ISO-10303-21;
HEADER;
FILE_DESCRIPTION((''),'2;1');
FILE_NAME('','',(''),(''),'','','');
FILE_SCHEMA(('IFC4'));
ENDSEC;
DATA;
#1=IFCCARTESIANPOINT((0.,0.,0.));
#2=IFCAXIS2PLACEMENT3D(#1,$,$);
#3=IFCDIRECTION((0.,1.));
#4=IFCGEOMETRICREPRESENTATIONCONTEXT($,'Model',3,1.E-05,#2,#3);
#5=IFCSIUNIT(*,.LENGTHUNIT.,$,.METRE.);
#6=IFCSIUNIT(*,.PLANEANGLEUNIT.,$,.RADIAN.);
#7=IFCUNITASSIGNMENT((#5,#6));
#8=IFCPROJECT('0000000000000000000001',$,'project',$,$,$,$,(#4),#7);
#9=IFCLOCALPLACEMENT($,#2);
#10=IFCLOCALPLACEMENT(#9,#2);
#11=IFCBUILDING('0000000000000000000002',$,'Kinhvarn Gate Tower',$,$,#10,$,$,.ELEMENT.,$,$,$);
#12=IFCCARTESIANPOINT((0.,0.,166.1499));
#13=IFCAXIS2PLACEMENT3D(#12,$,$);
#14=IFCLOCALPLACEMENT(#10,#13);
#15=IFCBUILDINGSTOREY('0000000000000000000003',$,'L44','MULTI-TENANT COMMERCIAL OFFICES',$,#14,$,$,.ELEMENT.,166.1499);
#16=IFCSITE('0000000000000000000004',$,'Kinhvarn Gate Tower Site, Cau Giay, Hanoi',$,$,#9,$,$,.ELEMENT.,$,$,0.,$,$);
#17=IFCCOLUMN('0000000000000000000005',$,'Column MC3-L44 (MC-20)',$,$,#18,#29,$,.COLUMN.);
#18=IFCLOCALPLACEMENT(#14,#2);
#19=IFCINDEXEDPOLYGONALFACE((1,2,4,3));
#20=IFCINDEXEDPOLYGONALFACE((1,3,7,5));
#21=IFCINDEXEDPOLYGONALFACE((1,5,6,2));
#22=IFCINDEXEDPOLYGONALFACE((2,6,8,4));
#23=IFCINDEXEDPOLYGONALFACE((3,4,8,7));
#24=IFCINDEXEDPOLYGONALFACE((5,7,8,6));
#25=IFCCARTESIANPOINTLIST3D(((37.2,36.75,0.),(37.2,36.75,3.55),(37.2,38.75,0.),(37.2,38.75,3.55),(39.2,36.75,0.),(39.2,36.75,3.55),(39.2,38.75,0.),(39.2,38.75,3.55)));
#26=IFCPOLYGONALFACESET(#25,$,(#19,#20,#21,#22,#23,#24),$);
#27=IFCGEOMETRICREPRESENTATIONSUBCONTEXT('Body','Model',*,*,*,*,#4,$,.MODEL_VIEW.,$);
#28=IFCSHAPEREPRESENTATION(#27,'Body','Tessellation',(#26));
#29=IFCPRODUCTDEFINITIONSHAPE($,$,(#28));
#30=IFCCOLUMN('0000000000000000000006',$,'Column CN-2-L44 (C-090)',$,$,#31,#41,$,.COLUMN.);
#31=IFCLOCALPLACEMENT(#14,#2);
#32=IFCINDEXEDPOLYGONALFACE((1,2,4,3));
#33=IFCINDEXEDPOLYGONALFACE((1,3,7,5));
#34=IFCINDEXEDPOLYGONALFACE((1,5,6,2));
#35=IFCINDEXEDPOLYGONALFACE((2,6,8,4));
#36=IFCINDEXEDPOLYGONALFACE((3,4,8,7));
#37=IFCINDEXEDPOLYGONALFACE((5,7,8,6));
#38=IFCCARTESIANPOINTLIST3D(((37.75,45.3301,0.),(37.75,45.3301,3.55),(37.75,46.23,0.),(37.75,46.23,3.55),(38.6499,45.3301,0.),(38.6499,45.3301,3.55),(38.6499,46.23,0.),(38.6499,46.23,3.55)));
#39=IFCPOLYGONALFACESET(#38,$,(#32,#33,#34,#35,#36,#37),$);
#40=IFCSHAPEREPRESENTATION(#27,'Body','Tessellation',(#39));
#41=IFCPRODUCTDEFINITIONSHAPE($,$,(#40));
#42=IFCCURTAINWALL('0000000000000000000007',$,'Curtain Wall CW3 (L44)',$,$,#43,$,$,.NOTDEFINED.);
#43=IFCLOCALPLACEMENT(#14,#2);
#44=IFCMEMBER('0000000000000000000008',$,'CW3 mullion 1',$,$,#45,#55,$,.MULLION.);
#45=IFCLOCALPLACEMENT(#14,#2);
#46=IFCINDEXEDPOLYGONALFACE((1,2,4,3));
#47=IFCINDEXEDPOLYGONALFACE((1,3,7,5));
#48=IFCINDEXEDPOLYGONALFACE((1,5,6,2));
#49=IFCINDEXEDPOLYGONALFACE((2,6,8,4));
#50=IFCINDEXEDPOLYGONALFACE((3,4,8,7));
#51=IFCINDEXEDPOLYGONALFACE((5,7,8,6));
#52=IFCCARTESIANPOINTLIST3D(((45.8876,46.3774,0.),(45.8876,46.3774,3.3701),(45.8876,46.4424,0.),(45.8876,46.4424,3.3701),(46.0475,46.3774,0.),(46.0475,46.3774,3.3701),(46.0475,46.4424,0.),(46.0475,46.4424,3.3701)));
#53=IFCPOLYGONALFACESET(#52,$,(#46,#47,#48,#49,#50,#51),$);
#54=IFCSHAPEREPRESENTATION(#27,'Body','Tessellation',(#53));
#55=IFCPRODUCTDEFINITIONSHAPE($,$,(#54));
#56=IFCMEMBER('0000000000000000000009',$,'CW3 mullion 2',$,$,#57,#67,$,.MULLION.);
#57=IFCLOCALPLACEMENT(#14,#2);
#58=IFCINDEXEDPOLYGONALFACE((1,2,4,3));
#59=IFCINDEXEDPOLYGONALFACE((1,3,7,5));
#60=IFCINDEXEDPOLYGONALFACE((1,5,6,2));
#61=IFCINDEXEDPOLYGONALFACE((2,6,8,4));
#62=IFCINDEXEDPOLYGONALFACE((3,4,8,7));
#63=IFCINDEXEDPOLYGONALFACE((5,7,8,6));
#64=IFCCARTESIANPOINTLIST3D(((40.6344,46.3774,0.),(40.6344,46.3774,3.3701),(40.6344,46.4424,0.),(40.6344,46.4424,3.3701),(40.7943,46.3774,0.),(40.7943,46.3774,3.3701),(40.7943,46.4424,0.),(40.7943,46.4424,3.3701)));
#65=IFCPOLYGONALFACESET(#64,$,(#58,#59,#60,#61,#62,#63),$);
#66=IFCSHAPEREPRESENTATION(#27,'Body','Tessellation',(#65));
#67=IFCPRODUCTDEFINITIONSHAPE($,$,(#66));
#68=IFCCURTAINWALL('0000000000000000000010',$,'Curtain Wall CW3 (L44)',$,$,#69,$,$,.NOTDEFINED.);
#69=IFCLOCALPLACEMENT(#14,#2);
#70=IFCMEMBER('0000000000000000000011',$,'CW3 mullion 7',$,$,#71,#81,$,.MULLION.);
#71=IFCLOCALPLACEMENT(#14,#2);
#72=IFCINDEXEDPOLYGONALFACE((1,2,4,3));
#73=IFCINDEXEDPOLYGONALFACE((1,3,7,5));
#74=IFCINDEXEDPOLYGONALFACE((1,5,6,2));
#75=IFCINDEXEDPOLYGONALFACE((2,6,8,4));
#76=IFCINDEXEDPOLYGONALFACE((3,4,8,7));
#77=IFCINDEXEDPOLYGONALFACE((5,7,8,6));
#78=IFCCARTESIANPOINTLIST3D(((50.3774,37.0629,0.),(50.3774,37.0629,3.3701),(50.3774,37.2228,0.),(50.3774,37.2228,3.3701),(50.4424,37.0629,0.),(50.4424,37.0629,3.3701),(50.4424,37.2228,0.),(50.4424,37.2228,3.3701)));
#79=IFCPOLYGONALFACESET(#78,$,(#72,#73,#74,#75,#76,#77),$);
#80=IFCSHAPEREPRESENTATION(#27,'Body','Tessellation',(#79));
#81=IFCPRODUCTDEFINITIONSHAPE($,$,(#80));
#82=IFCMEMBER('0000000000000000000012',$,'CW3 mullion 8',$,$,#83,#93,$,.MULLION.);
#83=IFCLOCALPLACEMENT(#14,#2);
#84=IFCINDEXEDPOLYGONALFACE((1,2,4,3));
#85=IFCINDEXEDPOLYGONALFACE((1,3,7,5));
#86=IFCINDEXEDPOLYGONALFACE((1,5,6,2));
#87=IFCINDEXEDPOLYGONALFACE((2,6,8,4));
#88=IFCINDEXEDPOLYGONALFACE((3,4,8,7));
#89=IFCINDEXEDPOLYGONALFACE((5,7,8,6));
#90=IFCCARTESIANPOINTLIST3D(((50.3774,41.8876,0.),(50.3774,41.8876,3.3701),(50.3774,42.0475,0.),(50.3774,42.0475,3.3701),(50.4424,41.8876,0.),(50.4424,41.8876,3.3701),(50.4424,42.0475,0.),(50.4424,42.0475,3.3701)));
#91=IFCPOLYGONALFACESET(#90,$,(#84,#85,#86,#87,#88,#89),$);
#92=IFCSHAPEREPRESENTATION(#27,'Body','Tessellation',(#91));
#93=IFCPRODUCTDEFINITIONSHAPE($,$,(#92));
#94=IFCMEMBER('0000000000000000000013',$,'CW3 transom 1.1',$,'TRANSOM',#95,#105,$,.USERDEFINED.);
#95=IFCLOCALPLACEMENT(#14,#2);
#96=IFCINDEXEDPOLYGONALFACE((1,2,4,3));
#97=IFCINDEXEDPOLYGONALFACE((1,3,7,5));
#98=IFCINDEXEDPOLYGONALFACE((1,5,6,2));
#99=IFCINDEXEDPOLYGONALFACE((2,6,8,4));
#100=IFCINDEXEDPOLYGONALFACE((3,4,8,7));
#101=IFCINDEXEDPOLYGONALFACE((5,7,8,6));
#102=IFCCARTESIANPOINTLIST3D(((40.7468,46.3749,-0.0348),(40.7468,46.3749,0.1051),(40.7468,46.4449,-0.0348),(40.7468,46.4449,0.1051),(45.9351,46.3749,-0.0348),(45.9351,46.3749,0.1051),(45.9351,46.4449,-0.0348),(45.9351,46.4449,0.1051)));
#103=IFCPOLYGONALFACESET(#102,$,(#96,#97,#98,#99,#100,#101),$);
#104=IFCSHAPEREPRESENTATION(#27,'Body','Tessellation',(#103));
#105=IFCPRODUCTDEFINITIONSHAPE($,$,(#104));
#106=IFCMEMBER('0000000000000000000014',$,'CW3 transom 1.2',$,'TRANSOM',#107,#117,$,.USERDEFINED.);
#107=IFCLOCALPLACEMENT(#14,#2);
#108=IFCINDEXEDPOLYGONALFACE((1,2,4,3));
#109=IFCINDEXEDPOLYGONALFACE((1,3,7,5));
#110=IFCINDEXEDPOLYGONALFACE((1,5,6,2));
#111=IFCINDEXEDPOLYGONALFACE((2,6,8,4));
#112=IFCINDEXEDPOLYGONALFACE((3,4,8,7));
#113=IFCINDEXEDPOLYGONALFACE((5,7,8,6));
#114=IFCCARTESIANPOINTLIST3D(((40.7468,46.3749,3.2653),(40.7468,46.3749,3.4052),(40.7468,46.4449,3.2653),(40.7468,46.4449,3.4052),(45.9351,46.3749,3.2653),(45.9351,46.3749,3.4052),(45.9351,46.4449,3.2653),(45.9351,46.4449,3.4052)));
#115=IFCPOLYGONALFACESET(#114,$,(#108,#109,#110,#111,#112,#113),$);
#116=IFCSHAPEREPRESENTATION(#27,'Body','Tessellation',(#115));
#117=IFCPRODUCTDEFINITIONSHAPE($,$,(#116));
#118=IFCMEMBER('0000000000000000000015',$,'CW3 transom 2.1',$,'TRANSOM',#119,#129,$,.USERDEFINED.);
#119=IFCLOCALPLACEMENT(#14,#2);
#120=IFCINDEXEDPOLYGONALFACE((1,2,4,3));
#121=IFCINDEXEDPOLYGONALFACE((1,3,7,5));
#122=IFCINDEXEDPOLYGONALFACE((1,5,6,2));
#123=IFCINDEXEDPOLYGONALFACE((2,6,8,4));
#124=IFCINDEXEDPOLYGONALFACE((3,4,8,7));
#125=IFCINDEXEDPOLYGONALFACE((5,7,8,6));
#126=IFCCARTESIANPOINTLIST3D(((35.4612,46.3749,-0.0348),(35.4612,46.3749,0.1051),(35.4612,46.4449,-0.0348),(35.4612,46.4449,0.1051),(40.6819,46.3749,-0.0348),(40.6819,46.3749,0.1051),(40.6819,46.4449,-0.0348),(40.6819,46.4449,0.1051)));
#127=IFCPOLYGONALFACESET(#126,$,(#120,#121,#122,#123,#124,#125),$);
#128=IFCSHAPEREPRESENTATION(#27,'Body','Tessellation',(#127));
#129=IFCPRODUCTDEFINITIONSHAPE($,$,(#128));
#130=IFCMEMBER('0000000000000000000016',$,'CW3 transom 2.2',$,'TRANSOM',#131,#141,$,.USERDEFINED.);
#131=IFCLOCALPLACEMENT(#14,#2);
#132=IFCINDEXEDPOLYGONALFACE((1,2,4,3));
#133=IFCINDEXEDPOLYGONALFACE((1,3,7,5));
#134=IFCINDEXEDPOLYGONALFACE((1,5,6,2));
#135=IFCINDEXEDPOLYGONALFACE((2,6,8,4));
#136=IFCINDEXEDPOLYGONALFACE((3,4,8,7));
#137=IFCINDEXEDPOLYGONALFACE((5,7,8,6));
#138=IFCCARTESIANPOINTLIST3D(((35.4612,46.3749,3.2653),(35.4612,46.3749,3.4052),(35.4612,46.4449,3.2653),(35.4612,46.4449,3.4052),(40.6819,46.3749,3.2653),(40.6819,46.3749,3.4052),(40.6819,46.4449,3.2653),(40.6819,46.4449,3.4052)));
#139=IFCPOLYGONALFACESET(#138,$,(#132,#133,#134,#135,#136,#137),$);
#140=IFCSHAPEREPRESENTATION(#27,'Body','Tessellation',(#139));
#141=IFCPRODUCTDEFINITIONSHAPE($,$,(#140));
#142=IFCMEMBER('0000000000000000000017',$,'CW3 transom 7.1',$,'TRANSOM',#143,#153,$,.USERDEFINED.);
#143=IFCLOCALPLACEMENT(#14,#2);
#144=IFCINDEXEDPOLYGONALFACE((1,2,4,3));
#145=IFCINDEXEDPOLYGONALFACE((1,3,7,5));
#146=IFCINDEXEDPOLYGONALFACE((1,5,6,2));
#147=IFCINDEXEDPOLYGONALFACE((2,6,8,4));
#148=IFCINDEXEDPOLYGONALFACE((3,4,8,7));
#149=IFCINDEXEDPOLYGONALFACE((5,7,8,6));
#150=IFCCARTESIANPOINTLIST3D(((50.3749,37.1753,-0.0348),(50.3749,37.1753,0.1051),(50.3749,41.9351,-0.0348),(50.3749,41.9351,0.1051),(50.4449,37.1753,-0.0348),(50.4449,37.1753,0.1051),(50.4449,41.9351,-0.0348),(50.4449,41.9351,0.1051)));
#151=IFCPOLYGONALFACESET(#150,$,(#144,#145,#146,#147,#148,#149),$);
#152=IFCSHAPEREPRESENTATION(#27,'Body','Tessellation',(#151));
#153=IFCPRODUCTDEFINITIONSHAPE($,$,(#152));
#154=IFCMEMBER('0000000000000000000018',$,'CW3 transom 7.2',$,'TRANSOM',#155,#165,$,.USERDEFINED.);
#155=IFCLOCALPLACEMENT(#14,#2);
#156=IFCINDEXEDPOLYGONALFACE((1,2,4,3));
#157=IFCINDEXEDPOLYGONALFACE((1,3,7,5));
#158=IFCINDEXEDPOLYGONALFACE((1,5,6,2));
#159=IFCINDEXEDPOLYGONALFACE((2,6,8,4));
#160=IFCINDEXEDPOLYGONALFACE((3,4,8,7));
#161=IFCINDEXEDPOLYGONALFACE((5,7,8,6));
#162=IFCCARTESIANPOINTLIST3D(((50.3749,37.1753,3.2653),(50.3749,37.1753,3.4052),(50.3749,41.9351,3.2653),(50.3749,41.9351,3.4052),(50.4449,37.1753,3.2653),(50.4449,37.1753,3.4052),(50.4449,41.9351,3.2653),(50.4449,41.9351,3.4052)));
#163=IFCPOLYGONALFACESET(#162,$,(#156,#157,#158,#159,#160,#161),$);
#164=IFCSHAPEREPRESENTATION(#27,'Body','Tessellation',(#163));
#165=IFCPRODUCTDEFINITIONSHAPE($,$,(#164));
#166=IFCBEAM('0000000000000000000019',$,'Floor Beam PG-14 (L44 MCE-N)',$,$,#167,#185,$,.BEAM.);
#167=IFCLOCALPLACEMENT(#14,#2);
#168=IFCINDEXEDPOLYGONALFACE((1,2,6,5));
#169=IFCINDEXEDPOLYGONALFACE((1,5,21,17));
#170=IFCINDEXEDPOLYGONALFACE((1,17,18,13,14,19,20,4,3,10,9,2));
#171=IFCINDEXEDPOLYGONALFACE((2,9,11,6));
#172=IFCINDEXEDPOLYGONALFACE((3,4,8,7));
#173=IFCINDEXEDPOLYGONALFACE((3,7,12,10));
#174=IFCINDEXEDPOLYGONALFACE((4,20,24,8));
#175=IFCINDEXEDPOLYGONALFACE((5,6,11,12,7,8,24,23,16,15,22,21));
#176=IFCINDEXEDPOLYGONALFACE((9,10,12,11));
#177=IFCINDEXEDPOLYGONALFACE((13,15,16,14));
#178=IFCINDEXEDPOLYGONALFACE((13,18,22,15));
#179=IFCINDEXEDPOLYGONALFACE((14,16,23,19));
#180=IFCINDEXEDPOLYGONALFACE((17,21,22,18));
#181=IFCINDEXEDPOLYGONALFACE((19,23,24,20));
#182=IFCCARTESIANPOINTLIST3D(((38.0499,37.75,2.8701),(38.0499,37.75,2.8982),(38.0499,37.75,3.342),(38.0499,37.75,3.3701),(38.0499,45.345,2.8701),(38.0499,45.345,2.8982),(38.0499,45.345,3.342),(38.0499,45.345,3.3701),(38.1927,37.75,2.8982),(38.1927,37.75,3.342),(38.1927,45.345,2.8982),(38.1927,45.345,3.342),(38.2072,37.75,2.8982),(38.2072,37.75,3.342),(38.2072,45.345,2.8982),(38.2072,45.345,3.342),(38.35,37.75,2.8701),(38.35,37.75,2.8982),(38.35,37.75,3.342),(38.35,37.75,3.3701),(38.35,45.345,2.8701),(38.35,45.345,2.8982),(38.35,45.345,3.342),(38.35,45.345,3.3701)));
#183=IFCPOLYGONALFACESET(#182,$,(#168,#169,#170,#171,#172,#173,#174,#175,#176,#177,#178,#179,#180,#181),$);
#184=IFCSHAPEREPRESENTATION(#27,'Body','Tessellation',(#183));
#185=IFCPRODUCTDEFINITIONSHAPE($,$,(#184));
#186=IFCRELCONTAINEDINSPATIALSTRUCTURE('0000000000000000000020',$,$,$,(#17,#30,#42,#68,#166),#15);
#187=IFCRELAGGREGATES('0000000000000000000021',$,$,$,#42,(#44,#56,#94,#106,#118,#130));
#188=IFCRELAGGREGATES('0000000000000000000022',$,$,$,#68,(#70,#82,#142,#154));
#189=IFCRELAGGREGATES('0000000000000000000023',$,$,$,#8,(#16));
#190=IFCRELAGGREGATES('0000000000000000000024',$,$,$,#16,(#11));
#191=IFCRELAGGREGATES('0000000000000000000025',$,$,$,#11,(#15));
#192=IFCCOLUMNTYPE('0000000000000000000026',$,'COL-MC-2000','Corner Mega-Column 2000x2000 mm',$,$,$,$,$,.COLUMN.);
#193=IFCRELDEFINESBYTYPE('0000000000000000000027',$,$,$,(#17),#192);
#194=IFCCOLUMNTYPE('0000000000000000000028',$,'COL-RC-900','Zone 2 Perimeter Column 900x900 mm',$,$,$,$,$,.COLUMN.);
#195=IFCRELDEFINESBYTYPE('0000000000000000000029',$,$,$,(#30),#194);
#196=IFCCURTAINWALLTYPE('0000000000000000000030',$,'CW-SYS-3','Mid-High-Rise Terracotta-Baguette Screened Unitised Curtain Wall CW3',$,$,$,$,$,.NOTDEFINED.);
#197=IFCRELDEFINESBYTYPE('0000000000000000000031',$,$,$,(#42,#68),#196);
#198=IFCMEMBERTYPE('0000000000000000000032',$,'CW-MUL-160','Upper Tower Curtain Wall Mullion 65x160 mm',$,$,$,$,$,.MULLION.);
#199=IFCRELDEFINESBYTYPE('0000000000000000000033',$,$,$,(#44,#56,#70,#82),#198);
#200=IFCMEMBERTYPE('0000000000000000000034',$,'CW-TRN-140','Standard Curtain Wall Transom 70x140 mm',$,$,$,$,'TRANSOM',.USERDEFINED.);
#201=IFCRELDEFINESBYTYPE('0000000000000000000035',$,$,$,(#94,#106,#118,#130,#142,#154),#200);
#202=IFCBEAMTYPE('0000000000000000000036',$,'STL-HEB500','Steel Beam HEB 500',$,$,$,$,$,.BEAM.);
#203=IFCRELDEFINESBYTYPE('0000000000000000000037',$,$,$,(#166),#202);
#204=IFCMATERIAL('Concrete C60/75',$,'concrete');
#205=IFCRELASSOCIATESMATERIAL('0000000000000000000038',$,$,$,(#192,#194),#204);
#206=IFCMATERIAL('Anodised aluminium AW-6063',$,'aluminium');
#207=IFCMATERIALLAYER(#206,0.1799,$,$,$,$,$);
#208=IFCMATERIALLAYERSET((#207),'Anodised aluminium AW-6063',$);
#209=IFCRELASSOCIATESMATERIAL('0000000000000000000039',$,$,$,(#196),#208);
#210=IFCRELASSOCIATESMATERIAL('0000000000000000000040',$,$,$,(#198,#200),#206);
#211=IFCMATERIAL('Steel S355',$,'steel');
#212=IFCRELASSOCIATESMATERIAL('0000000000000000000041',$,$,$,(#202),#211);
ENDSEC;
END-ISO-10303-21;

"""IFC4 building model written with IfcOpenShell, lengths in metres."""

from ifc_helpers import new_model, si_unit, direction, frame, origin, origin_2d, place, context, subcontext, project, spatial, rectangle, i_section, extrude, material, layer, layer_set, material_profile, profile_set, type_object, element, aggregate, save


model = new_model("IFC4")

# Units and contexts
model_context = context("Model", 3, precision=1e-05, world=origin(), true_north=direction((0.0, 1.0)))
body_context = subcontext(model_context, "Body", "Model", "MODEL_VIEW")
ifc_project = project(units=[si_unit("LENGTHUNIT", "METRE"), si_unit("PLANEANGLEUNIT", "RADIAN")], contexts=[model_context])

# Site, building, storey
site_placement = place(None, origin())
site = spatial("IfcSite", under=ifc_project, at=site_placement, Name="Kinhvarn Gate Tower Site, Cau Giay, Hanoi", CompositionType="ELEMENT", RefElevation=0.0)
building_placement = place(site_placement, origin())
building = spatial("IfcBuilding", under=site, at=building_placement, Name="Kinhvarn Gate Tower", CompositionType="ELEMENT")
storey_placement = place(building_placement, frame((0.0, 0.0, 166.1499)))
storey = spatial("IfcBuildingStorey", under=building, at=storey_placement, Name="L44", Description="MULTI-TENANT COMMERCIAL OFFICES", CompositionType="ELEMENT", Elevation=166.1499)

# Columns
ifc_material_1 = material(Name="Concrete C60/75", Category="concrete")
ifc_material_profile_1 = material_profile(ifc_material_1, rectangle(XDim=2.0, YDim=2.0, at=origin_2d()), Name="RC 2000x2000")
ifc_profile_set_1 = profile_set([ifc_material_profile_1], Name="Concrete C60/75")
column_type_1 = type_object("IfcColumnType", Name="COL-MC-2000", Description="Corner Mega-Column 2000x2000 mm", PredefinedType="COLUMN", material=ifc_profile_set_1)
column_1_placement = place(storey_placement, frame((38.2, 37.75, 0.0), z_axis=(0.0, 0.0, 1.0), x_axis=(1.0, 0.0, 0.0)))
element("IfcColumn", 1, at=column_1_placement, inside=storey, type_object=column_type_1, Name="Column MC3-L44 (MC-20)", PredefinedType="COLUMN", context=body_context, shape_type="SweptSolid", body=[
    extrude(rectangle(XDim=2.0, YDim=2.0, at=origin_2d()), origin(), (0.0, 0.0, 1.0), 3.55),
])
ifc_material_profile_2 = material_profile(ifc_material_1, rectangle(XDim=0.8999, YDim=0.8999, at=origin_2d()), Name="RC 900x900")
ifc_profile_set_2 = profile_set([ifc_material_profile_2], Name="Concrete C60/75")
column_type_2 = type_object("IfcColumnType", Name="COL-RC-900", Description="Zone 2 Perimeter Column 900x900 mm", PredefinedType="COLUMN", material=ifc_profile_set_2)
column_2_placement = place(storey_placement, frame((38.2, 45.78, 0.0), z_axis=(0.0, 0.0, 1.0), x_axis=(1.0, 0.0, 0.0)))
element("IfcColumn", 2, at=column_2_placement, inside=storey, type_object=column_type_2, Name="Column CN-2-L44 (C-090)", PredefinedType="COLUMN", context=body_context, shape_type="SweptSolid", body=[
    extrude(rectangle(XDim=0.8999, YDim=0.8999, at=origin_2d()), origin(), (0.0, 0.0, 1.0), 3.55),
])

# Curtain walls, members
ifc_material_2 = material(Name="Anodised aluminium AW-6063", Category="aluminium")
ifc_layer_1 = layer(ifc_material_2, 0.1799)
ifc_layer_set_1 = layer_set([ifc_layer_1], Name="Anodised aluminium AW-6063")
curtain_wall_type = type_object("IfcCurtainWallType", Name="CW-SYS-3", Description="Mid-High-Rise Terracotta-Baguette Screened Unitised Curtain Wall CW3", PredefinedType="NOTDEFINED", material=ifc_layer_set_1)
curtain_wall_1_placement = place(storey_placement, origin())
curtain_wall_1 = element("IfcCurtainWall", 3, at=curtain_wall_1_placement, inside=storey, type_object=curtain_wall_type, Name="Curtain Wall CW3 (L44)", PredefinedType="NOTDEFINED")
ifc_material_profile_3 = material_profile(ifc_material_2, rectangle(XDim=0.0649, YDim=0.1599, at=origin_2d()), Name="ALU 65x160")
ifc_profile_set_3 = profile_set([ifc_material_profile_3], Name="Anodised aluminium AW-6063")
member_type_1 = type_object("IfcMemberType", Name="CW-MUL-160", Description="Upper Tower Curtain Wall Mullion 65x160 mm", PredefinedType="MULLION", material=ifc_profile_set_3)
member_1_placement = place(storey_placement, frame((45.9675, 46.4099, 0.0), z_axis=(0.0, 0.0, 1.0), x_axis=(0.0, -1.0, 0.0)))
member_1 = element("IfcMember", 4, at=member_1_placement, type_object=member_type_1, Name="CW3 mullion 1", PredefinedType="MULLION", context=body_context, shape_type="SweptSolid", body=[
    extrude(rectangle(XDim=0.0649, YDim=0.1599, at=origin_2d()), origin(), (0.0, 0.0, 1.0), 3.3701),
])
member_2_placement = place(storey_placement, frame((40.7144, 46.4099, 0.0), z_axis=(0.0, 0.0, 1.0), x_axis=(0.0, -1.0, 0.0)))
member_2 = element("IfcMember", 5, at=member_2_placement, type_object=member_type_1, Name="CW3 mullion 2", PredefinedType="MULLION", context=body_context, shape_type="SweptSolid", body=[
    extrude(rectangle(XDim=0.0649, YDim=0.1599, at=origin_2d()), origin(), (0.0, 0.0, 1.0), 3.3701),
])
curtain_wall_2_placement = place(storey_placement, origin())
curtain_wall_2 = element("IfcCurtainWall", 6, at=curtain_wall_2_placement, inside=storey, type_object=curtain_wall_type, Name="Curtain Wall CW3 (L44)", PredefinedType="NOTDEFINED")
member_3_placement = place(storey_placement, frame((50.4099, 37.1428, 0.0), z_axis=(0.0, 0.0, 1.0), x_axis=(-1.0, 0.0, 0.0)))
member_3 = element("IfcMember", 7, at=member_3_placement, type_object=member_type_1, Name="CW3 mullion 7", PredefinedType="MULLION", context=body_context, shape_type="SweptSolid", body=[
    extrude(rectangle(XDim=0.0649, YDim=0.1599, at=origin_2d()), origin(), (0.0, 0.0, 1.0), 3.3701),
])
member_4_placement = place(storey_placement, frame((50.4099, 41.9675, 0.0), z_axis=(0.0, 0.0, 1.0), x_axis=(-1.0, 0.0, 0.0)))
member_4 = element("IfcMember", 8, at=member_4_placement, type_object=member_type_1, Name="CW3 mullion 8", PredefinedType="MULLION", context=body_context, shape_type="SweptSolid", body=[
    extrude(rectangle(XDim=0.0649, YDim=0.1599, at=origin_2d()), origin(), (0.0, 0.0, 1.0), 3.3701),
])

# Members
ifc_material_profile_4 = material_profile(ifc_material_2, rectangle(XDim=0.0701, YDim=0.1399, at=origin_2d()), Name="ALU 70x140")
ifc_profile_set_4 = profile_set([ifc_material_profile_4], Name="Anodised aluminium AW-6063")
member_type_2 = type_object("IfcMemberType", Name="CW-TRN-140", Description="Standard Curtain Wall Transom 70x140 mm", ElementType="TRANSOM", PredefinedType="USERDEFINED", material=ifc_profile_set_4)
member_5_placement = place(storey_placement, frame((45.9351, 46.4099, 0.0352), z_axis=(-1.0, 0.0, 0.0), x_axis=(0.0, -1.0, 0.0)))
member_5 = element("IfcMember", 9, at=member_5_placement, type_object=member_type_2, Name="CW3 transom 1.1", ObjectType="TRANSOM", PredefinedType="USERDEFINED", context=body_context, shape_type="SweptSolid", body=[
    extrude(rectangle(XDim=0.0701, YDim=0.1399, at=origin_2d()), origin(), (0.0, 0.0, 1.0), 5.1882),
])
member_6_placement = place(storey_placement, frame((45.9351, 46.4099, 3.3352), z_axis=(-1.0, 0.0, 0.0), x_axis=(0.0, -1.0, 0.0)))
member_6 = element("IfcMember", 10, at=member_6_placement, type_object=member_type_2, Name="CW3 transom 1.2", ObjectType="TRANSOM", PredefinedType="USERDEFINED", context=body_context, shape_type="SweptSolid", body=[
    extrude(rectangle(XDim=0.0701, YDim=0.1399, at=origin_2d()), origin(), (0.0, 0.0, 1.0), 5.1882),
])
member_7_placement = place(storey_placement, frame((40.6819, 46.4099, 0.0352), z_axis=(-1.0, 0.0, 0.0), x_axis=(0.0, -1.0, 0.0)))
member_7 = element("IfcMember", 11, at=member_7_placement, type_object=member_type_2, Name="CW3 transom 2.1", ObjectType="TRANSOM", PredefinedType="USERDEFINED", context=body_context, shape_type="SweptSolid", body=[
    extrude(rectangle(XDim=0.0701, YDim=0.1399, at=origin_2d()), origin(), (0.0, 0.0, 1.0), 5.2207),
])
member_8_placement = place(storey_placement, frame((40.6819, 46.4099, 3.3352), z_axis=(-1.0, 0.0, 0.0), x_axis=(0.0, -1.0, 0.0)))
member_8 = element("IfcMember", 12, at=member_8_placement, type_object=member_type_2, Name="CW3 transom 2.2", ObjectType="TRANSOM", PredefinedType="USERDEFINED", context=body_context, shape_type="SweptSolid", body=[
    extrude(rectangle(XDim=0.0701, YDim=0.1399, at=origin_2d()), origin(), (0.0, 0.0, 1.0), 5.2207),
])
member_9_placement = place(storey_placement, frame((50.4099, 37.1753, 0.0352), z_axis=(0.0, 1.0, 0.0), x_axis=(-1.0, 0.0, 0.0)))
member_9 = element("IfcMember", 13, at=member_9_placement, type_object=member_type_2, Name="CW3 transom 7.1", ObjectType="TRANSOM", PredefinedType="USERDEFINED", context=body_context, shape_type="SweptSolid", body=[
    extrude(rectangle(XDim=0.0701, YDim=0.1399, at=origin_2d()), origin(), (0.0, 0.0, 1.0), 4.7598),
])
member_10_placement = place(storey_placement, frame((50.4099, 37.1753, 3.3352), z_axis=(0.0, 1.0, 0.0), x_axis=(-1.0, 0.0, 0.0)))
member_10 = element("IfcMember", 14, at=member_10_placement, type_object=member_type_2, Name="CW3 transom 7.2", ObjectType="TRANSOM", PredefinedType="USERDEFINED", context=body_context, shape_type="SweptSolid", body=[
    extrude(rectangle(XDim=0.0701, YDim=0.1399, at=origin_2d()), origin(), (0.0, 0.0, 1.0), 4.7598),
])

# Beam
ifc_material_3 = material(Name="Steel S355", Category="steel")
ifc_material_profile_5 = material_profile(ifc_material_3, i_section(OverallWidth=0.3, OverallDepth=0.5, WebThickness=0.0144, FlangeThickness=0.0281, at=origin_2d()), Name="HEB 500")
ifc_profile_set_5 = profile_set([ifc_material_profile_5], Name="Steel S355")
beam_type = type_object("IfcBeamType", Name="STL-HEB500", Description="Steel Beam HEB 500", PredefinedType="BEAM", material=ifc_profile_set_5)
beam_placement = place(storey_placement, frame((38.2, 37.75, 3.1201), z_axis=(0.0, 1.0, 0.0), x_axis=(-1.0, 0.0, 0.0)))
element("IfcBeam", 15, at=beam_placement, inside=storey, type_object=beam_type, Name="Floor Beam PG-14 (L44 MCE-N)", PredefinedType="BEAM", context=body_context, shape_type="SweptSolid", body=[
    extrude(i_section(OverallWidth=0.3, OverallDepth=0.5, WebThickness=0.0144, FlangeThickness=0.0281, at=origin_2d()), origin(), (0.0, 0.0, 1.0), 7.595),
])

aggregate(curtain_wall_1, [member_1, member_2, member_5, member_6, member_7, member_8])
aggregate(curtain_wall_2, [member_3, member_4, member_9, member_10])

save(model, "model.ifc")
